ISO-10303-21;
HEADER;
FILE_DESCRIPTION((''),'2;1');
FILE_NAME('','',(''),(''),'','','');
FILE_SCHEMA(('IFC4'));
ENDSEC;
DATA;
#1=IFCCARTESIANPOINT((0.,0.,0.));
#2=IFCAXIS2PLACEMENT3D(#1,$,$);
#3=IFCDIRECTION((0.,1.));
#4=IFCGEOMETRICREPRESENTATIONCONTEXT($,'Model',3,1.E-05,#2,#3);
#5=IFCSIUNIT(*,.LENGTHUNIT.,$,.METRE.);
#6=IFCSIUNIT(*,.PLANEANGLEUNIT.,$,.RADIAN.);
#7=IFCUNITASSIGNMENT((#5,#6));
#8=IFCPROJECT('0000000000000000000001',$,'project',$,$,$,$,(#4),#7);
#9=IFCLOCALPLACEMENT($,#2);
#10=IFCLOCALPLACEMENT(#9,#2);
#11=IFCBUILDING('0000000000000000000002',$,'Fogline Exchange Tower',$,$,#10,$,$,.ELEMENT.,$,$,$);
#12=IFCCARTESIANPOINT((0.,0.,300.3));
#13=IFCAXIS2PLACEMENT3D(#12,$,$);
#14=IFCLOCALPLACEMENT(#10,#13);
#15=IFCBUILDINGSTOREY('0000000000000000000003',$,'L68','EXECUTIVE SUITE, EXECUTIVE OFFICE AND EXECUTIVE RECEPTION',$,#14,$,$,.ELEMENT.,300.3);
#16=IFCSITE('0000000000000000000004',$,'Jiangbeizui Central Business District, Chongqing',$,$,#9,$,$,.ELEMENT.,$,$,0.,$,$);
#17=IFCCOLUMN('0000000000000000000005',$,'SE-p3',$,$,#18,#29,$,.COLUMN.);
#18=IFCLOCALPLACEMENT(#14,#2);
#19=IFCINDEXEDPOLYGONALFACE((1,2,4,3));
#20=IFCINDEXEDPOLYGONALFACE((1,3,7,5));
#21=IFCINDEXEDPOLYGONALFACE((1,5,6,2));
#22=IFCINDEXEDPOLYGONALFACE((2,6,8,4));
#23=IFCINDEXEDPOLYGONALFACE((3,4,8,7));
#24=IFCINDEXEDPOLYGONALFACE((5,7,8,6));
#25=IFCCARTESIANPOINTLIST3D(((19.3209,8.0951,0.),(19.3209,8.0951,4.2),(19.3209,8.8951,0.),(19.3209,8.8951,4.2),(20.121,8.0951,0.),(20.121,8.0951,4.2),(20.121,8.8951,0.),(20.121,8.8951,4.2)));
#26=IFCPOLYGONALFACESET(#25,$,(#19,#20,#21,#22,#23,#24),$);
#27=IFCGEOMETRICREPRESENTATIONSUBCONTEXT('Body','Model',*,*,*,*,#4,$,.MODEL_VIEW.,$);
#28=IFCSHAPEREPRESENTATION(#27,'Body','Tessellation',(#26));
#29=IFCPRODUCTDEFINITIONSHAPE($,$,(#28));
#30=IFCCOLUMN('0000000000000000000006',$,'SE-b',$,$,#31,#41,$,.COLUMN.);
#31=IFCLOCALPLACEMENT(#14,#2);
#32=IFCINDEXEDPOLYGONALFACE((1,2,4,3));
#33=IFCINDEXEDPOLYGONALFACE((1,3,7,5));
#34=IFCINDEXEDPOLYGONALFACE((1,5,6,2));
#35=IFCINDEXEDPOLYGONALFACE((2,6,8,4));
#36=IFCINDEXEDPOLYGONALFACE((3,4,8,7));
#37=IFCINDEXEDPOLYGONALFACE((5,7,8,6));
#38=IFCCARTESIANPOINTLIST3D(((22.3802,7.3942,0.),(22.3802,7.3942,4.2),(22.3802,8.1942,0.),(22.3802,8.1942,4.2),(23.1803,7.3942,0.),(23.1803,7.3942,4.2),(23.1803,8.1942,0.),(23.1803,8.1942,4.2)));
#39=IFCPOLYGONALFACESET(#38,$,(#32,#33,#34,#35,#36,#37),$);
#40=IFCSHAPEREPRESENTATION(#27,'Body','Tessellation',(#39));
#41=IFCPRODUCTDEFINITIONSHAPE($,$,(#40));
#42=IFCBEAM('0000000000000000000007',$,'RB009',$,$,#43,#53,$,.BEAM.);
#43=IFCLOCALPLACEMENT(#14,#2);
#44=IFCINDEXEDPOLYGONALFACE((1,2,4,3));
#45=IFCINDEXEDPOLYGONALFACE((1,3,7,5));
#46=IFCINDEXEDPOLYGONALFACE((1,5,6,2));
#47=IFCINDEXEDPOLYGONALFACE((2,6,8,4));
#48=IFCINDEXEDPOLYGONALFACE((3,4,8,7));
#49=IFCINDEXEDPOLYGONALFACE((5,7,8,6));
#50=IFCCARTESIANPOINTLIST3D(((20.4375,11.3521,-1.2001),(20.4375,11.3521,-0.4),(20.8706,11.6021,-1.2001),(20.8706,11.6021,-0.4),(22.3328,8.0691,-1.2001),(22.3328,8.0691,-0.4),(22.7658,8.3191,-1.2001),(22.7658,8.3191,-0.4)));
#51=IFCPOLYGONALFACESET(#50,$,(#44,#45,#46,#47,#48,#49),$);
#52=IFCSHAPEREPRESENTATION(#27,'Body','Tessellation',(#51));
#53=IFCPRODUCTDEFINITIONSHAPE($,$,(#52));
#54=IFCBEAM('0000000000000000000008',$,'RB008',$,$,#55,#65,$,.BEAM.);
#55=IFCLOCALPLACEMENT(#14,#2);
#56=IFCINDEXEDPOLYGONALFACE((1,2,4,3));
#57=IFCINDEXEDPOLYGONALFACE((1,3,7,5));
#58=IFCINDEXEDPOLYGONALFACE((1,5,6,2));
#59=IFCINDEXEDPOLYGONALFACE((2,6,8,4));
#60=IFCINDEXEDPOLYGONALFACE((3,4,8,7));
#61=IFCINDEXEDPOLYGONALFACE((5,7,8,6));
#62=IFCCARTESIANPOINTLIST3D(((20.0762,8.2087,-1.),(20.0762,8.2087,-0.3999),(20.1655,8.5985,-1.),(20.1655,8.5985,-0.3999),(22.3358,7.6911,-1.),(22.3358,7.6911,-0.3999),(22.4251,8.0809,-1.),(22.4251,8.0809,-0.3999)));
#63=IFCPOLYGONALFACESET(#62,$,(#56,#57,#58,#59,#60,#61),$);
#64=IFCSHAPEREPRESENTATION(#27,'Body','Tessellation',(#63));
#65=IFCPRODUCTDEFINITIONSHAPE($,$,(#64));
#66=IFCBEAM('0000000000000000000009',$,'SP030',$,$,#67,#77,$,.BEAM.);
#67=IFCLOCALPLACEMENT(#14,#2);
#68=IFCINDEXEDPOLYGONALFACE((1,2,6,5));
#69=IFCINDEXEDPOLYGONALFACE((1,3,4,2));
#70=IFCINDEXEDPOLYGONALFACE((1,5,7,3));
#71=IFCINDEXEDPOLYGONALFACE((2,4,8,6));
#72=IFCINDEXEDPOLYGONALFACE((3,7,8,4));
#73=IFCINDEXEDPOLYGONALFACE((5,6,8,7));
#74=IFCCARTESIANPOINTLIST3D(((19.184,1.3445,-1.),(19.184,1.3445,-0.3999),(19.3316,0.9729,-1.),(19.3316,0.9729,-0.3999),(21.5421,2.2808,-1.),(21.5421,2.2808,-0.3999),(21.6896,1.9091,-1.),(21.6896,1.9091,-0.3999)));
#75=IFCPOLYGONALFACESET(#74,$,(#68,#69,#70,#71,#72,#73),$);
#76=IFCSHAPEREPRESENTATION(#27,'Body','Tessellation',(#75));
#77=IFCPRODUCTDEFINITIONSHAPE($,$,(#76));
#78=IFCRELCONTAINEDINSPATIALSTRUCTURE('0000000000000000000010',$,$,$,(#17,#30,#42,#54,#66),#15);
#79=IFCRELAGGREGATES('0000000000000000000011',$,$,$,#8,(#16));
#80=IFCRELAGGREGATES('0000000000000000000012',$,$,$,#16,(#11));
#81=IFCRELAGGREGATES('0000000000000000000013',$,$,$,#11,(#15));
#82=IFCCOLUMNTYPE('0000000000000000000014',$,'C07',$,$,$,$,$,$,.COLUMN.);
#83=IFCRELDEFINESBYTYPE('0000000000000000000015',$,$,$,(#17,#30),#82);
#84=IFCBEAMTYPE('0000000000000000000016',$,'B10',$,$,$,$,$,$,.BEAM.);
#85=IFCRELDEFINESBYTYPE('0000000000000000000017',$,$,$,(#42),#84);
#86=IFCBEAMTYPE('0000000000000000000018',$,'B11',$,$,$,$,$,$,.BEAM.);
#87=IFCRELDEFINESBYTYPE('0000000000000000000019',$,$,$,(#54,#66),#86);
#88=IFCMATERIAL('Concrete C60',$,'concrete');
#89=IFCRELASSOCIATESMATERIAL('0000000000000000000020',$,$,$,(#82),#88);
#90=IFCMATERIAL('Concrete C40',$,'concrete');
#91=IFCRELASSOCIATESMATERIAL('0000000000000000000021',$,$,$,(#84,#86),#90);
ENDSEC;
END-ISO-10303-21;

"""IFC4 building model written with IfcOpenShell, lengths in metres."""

from ifc_helpers import new_model, si_unit, direction, frame, origin, origin_2d, place, context, subcontext, project, spatial, rectangle, extrude, material, material_profile, profile_set, type_object, element, save


model = new_model("IFC4")

# Units and contexts
model_context = context("Model", 3, precision=1e-05, world=origin(), true_north=direction((0.0, 1.0)))
body_context = subcontext(model_context, "Body", "Model", "MODEL_VIEW")
ifc_project = project(units=[si_unit("LENGTHUNIT", "METRE"), si_unit("PLANEANGLEUNIT", "RADIAN")], contexts=[model_context])

# Site, building, storey
site_placement = place(None, origin())
site = spatial("IfcSite", under=ifc_project, at=site_placement, Name="Jiangbeizui Central Business District, Chongqing", CompositionType="ELEMENT", RefElevation=0.0)
building_placement = place(site_placement, origin())
building = spatial("IfcBuilding", under=site, at=building_placement, Name="Fogline Exchange Tower", CompositionType="ELEMENT")
storey_placement = place(building_placement, frame((0.0, 0.0, 300.3)))
storey = spatial("IfcBuildingStorey", under=building, at=storey_placement, Name="L68", Description="EXECUTIVE SUITE, EXECUTIVE OFFICE AND EXECUTIVE RECEPTION", CompositionType="ELEMENT", Elevation=300.3)

# Columns
ifc_material_1 = material(Name="Concrete C60", Category="concrete")
ifc_material_profile_1 = material_profile(ifc_material_1, rectangle(XDim=0.8, YDim=0.8, at=origin_2d()), Name="RC 800x800")
ifc_profile_set_1 = profile_set([ifc_material_profile_1], Name="Concrete C60")
column_type = type_object("IfcColumnType", Name="C07", PredefinedType="COLUMN", material=ifc_profile_set_1)
for number, where, z_axis, x_axis, name in (
    (1, (19.7209, 8.4951, 0.0), (0.0, 0.0, 1.0), (1.0, 0.0, 0.0), "SE-p3"),
    (2, (22.7803, 7.7942, 0.0), (0.0, 0.0, 1.0), (1.0, 0.0, 0.0), "SE-b"),
):
    element("IfcColumn", number, at=place(storey_placement, frame(where, z_axis=z_axis, x_axis=x_axis)), inside=storey, type_object=column_type, Name=name, PredefinedType="COLUMN", context=body_context, shape_type="SweptSolid", body=[
        extrude(rectangle(XDim=0.8, YDim=0.8, at=origin_2d()), origin(), (0.0, 0.0, 1.0), 4.2),
    ])

# Beams
ifc_material_2 = material(Name="Concrete C40", Category="concrete")
ifc_material_profile_2 = material_profile(ifc_material_2, rectangle(XDim=0.5, YDim=0.8, at=origin_2d()), Name="RC 500x800")
ifc_profile_set_2 = profile_set([ifc_material_profile_2], Name="Concrete C40")
beam_type_1 = type_object("IfcBeamType", Name="B10", PredefinedType="BEAM", material=ifc_profile_set_2)
beam_1_placement = place(storey_placement, frame((22.5493, 8.1941, -0.8), z_axis=(-0.49997, 0.866043, 0.0), x_axis=(-0.866043, -0.49997, 0.0)))
element("IfcBeam", 3, at=beam_1_placement, inside=storey, type_object=beam_type_1, Name="RB009", PredefinedType="BEAM", context=body_context, shape_type="SweptSolid", body=[
    extrude(rectangle(XDim=0.5, YDim=0.8, at=origin_2d()), origin(), (0.0, 0.0, 1.0), 3.7908),
])
ifc_material_profile_3 = material_profile(ifc_material_2, rectangle(XDim=0.3999, YDim=0.6001, at=origin_2d()), Name="RC 400x600")
ifc_profile_set_3 = profile_set([ifc_material_profile_3], Name="Concrete C40")
beam_type_2 = type_object("IfcBeamType", Name="B11", PredefinedType="BEAM", material=ifc_profile_set_3)
beam_2_placement = place(storey_placement, frame((20.1208, 8.4036, -0.7), z_axis=(0.974754, -0.223282, 0.0), x_axis=(0.223282, 0.974754, 0.0)))
element("IfcBeam", 4, at=beam_2_placement, inside=storey, type_object=beam_type_2, Name="RB008", PredefinedType="BEAM", context=body_context, shape_type="SweptSolid", body=[
    extrude(rectangle(XDim=0.3999, YDim=0.6001, at=origin_2d()), origin(), (0.0, 0.0, 1.0), 2.3181),
])
beam_3_placement = place(storey_placement, frame((19.2578, 1.1587, -0.7), z_axis=(0.929423, 0.369017, 0.0), x_axis=(-0.369017, 0.929423, 0.0)))
element("IfcBeam", 5, at=beam_3_placement, inside=storey, type_object=beam_type_2, Name="SP030", PredefinedType="BEAM", context=body_context, shape_type="SweptSolid", body=[
    extrude(rectangle(XDim=0.3999, YDim=0.6001, at=origin_2d()), origin(), (0.0, 0.0, 1.0), 2.5371),
])

save(model, "model.ifc")
